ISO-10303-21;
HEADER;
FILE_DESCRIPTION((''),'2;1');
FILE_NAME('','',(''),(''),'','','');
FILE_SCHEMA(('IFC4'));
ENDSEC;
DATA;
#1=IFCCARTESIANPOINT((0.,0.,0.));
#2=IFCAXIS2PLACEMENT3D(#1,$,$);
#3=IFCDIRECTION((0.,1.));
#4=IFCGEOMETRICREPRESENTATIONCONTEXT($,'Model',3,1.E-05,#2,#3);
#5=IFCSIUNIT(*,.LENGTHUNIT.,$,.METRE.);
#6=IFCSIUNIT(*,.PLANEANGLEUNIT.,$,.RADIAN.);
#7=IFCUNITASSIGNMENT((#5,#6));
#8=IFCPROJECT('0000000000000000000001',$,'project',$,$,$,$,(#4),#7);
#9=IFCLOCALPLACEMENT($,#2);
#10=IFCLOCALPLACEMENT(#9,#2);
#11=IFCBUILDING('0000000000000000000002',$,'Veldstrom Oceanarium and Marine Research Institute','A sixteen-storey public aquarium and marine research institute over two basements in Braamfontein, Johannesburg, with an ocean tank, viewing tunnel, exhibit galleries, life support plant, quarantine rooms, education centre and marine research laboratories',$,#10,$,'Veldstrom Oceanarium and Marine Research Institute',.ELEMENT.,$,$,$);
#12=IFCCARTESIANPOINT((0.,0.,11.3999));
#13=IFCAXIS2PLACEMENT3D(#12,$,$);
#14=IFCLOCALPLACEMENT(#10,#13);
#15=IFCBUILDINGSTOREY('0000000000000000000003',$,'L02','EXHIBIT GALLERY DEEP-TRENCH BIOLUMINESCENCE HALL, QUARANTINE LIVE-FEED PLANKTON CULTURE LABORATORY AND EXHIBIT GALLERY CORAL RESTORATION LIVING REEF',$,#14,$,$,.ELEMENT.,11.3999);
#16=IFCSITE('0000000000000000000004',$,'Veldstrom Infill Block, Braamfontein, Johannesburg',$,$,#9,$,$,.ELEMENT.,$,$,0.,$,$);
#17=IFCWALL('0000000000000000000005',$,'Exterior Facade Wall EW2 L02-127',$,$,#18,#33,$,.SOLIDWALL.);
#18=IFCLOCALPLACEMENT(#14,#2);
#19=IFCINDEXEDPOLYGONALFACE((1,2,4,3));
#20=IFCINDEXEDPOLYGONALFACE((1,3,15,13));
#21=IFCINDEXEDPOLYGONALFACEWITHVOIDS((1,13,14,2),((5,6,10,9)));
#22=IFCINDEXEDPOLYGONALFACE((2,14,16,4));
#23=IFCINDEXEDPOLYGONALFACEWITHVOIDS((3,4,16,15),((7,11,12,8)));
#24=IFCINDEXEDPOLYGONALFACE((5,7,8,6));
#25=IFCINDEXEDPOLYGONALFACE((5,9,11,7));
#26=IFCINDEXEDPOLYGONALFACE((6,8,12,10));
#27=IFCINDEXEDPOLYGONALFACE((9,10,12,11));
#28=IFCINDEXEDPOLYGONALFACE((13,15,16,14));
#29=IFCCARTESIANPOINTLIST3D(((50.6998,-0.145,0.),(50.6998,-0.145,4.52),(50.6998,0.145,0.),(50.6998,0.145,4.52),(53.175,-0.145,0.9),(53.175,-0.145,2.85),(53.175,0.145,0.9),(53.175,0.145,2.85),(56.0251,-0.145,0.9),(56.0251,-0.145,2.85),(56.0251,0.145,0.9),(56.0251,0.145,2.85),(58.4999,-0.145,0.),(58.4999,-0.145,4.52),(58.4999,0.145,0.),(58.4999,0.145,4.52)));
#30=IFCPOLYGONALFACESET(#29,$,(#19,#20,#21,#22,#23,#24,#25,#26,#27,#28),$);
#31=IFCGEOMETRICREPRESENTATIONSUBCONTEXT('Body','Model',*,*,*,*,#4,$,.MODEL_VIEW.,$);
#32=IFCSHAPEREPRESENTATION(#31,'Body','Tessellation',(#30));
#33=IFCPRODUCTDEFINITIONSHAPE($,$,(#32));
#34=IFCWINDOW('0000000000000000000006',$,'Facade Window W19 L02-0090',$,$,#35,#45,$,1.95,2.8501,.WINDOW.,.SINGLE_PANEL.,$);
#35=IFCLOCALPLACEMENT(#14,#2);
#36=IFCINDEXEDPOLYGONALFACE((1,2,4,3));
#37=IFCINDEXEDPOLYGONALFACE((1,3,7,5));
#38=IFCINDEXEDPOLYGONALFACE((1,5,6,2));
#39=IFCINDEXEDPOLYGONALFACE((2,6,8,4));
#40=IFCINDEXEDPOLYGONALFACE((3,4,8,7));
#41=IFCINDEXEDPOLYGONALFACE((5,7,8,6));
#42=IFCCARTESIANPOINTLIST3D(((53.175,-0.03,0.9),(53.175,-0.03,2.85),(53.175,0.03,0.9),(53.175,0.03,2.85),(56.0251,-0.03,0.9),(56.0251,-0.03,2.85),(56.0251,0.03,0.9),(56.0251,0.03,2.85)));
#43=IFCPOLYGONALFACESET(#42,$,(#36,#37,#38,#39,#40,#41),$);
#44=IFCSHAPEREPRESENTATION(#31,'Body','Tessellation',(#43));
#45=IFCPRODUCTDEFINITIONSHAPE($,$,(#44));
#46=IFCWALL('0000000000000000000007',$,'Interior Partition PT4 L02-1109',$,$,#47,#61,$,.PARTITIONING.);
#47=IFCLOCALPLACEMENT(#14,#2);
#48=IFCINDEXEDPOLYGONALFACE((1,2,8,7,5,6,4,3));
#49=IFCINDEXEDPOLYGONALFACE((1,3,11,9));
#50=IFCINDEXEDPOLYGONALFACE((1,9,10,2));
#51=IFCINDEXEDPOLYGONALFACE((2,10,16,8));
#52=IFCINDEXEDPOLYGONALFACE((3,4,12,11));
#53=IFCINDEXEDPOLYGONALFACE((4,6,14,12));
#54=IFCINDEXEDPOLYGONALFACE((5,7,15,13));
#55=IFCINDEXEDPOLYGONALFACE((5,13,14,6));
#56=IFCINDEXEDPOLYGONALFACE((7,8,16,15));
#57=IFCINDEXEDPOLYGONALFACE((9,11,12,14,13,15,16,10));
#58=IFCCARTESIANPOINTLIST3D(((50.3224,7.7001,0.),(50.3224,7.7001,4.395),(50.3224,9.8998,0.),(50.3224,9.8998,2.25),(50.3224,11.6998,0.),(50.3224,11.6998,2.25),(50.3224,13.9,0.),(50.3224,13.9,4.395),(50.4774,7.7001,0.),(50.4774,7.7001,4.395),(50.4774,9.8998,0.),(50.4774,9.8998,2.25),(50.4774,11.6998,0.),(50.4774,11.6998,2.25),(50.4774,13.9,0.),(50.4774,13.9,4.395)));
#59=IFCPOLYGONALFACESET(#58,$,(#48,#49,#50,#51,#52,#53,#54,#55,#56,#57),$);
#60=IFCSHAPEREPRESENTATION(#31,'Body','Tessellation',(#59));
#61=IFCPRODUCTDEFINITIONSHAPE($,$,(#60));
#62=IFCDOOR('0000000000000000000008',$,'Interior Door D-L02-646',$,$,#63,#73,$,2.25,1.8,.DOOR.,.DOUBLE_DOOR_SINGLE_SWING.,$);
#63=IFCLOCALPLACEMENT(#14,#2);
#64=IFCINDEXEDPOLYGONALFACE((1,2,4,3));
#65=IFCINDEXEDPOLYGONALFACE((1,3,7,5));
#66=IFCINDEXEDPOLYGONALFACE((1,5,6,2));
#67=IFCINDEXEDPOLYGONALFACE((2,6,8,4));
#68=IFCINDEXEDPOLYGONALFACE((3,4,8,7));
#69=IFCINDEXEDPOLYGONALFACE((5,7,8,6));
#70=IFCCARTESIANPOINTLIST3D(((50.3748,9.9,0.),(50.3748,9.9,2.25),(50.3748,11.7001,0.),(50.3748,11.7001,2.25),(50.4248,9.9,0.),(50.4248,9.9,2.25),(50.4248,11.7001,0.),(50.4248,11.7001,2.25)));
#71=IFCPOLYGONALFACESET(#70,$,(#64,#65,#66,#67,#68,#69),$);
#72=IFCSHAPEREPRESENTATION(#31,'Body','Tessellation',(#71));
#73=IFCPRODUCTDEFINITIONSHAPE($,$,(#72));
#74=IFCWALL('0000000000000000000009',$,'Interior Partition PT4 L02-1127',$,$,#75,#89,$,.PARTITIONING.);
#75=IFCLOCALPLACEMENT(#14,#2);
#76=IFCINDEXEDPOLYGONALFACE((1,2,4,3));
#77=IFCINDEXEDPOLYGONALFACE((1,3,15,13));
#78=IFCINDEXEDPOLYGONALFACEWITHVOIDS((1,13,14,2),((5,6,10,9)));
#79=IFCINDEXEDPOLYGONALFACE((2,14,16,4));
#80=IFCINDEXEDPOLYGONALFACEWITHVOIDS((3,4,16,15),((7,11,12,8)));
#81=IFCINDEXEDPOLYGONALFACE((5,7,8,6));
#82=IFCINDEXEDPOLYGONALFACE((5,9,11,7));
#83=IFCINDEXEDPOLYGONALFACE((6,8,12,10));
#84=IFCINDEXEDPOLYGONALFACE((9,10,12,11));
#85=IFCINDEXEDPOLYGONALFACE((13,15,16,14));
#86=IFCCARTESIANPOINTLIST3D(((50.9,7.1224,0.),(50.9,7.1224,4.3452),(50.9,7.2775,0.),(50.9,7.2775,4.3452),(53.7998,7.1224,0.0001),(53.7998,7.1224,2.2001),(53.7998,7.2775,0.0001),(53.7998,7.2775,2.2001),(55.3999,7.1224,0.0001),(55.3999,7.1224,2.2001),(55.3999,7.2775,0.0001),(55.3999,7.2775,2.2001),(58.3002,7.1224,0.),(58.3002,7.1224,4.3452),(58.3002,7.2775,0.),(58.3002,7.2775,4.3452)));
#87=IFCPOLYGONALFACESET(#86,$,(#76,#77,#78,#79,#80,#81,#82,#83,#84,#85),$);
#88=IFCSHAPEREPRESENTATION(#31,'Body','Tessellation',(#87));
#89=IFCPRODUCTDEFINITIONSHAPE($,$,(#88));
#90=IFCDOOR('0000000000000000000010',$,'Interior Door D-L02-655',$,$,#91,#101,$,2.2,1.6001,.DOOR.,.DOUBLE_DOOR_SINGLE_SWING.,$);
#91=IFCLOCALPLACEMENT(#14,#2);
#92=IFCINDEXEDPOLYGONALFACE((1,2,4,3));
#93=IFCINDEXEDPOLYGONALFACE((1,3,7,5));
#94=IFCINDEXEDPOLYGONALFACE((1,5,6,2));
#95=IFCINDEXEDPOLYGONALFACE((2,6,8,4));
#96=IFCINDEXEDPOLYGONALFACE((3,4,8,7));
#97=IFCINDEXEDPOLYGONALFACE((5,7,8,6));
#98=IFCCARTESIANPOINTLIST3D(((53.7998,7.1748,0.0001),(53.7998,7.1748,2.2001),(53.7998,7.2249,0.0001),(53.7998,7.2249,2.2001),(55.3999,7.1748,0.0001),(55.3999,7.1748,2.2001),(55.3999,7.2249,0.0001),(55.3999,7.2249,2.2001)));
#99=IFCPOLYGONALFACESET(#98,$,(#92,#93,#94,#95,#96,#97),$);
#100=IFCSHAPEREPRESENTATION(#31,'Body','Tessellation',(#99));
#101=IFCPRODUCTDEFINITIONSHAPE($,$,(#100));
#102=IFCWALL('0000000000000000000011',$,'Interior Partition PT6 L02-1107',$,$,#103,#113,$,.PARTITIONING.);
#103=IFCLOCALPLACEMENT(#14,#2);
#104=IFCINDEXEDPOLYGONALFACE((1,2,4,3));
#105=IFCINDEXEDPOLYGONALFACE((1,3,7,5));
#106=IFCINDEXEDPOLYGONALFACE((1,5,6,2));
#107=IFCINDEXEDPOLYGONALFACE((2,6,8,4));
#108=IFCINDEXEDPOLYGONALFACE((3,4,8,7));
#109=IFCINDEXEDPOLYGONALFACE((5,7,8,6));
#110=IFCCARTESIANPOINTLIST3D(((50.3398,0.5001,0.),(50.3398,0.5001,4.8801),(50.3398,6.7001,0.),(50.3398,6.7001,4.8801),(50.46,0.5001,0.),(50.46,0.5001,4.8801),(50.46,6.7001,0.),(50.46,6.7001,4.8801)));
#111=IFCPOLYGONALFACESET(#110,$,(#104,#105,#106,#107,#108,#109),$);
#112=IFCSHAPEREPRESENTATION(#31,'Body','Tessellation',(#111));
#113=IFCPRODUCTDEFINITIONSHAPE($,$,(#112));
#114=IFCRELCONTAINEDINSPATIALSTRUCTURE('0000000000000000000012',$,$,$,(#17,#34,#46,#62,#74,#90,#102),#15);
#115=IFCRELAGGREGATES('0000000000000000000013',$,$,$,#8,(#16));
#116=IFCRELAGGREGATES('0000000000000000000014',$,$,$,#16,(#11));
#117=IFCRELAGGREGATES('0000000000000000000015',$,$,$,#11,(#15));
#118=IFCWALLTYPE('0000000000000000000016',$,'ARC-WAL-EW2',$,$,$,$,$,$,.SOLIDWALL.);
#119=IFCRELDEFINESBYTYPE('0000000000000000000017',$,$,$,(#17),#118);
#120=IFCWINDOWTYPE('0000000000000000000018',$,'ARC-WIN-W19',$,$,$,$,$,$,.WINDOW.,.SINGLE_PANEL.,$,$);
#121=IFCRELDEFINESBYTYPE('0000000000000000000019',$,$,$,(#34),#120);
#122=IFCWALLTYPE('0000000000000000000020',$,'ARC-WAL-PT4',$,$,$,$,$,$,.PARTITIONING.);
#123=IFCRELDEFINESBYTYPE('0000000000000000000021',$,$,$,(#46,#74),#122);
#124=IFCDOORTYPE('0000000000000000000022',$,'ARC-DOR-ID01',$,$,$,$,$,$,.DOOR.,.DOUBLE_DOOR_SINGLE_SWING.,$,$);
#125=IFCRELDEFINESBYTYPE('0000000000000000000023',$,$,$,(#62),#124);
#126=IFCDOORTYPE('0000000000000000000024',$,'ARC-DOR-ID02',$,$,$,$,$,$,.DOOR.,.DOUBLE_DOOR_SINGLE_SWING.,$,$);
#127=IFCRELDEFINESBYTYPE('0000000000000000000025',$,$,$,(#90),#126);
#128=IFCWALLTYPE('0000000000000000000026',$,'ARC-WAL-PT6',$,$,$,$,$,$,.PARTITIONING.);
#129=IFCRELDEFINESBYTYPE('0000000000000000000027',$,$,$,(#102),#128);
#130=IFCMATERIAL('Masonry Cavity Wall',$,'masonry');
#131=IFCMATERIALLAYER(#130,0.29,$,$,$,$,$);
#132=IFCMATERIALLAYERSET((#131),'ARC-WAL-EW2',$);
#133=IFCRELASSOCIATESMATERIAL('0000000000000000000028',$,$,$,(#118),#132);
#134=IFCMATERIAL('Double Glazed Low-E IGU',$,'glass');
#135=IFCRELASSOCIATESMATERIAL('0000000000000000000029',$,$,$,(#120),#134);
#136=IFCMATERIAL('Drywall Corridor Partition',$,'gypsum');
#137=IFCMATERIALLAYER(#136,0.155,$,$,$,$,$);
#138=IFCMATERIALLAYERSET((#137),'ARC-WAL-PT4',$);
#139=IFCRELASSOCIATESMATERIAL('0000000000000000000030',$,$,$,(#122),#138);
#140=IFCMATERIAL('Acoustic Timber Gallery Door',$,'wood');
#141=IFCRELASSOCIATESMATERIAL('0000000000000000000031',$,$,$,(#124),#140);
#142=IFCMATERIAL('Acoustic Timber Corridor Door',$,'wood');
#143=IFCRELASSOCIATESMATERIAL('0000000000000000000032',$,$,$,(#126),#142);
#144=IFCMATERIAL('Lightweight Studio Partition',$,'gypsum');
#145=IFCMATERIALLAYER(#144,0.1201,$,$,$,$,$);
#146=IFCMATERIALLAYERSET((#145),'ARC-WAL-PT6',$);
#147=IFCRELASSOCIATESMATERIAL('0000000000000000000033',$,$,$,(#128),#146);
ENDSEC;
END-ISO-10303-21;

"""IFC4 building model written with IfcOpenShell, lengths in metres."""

from ifc_helpers import new_model, si_unit, direction, frame, frame_2d, origin, place, context, subcontext, project, spatial, rectangle, extrude, material, layer, layer_set, type_object, element, fill, save


model = new_model("IFC4")

# Units and contexts
model_context = context("Model", 3, precision=1e-05, world=origin(), true_north=direction((0.0, 1.0)))
body_context = subcontext(model_context, "Body", "Model", "MODEL_VIEW")
ifc_project = project(units=[si_unit("LENGTHUNIT", "METRE"), si_unit("PLANEANGLEUNIT", "RADIAN")], contexts=[model_context])

# Site, building, storey
site_placement = place(None, origin())
site = spatial("IfcSite", under=ifc_project, at=site_placement, Name="Veldstrom Infill Block, Braamfontein, Johannesburg", CompositionType="ELEMENT", RefElevation=0.0)
building_placement = place(site_placement, origin())
building = spatial("IfcBuilding", under=site, at=building_placement, Name="Veldstrom Oceanarium and Marine Research Institute", Description="A sixteen-storey public aquarium and marine research institute over two basements in Braamfontein, Johannesburg, with an ocean tank, viewing tunnel, exhibit galleries, life support plant, quarantine rooms, education centre and marine research laboratories", LongName="Veldstrom Oceanarium and Marine Research Institute", CompositionType="ELEMENT")
storey_placement = place(building_placement, frame((0.0, 0.0, 11.3999)))
storey = spatial("IfcBuildingStorey", under=building, at=storey_placement, Name="L02", Description="EXHIBIT GALLERY DEEP-TRENCH BIOLUMINESCENCE HALL, QUARANTINE LIVE-FEED PLANKTON CULTURE LABORATORY AND EXHIBIT GALLERY CORAL RESTORATION LIVING REEF", CompositionType="ELEMENT", Elevation=11.3999)

# Wall, opening, window
ifc_material_1 = material(Name="Masonry Cavity Wall", Category="masonry")
ifc_layer_1 = layer(ifc_material_1, 0.29)
ifc_layer_set_1 = layer_set([ifc_layer_1], Name="ARC-WAL-EW2")
wall_type_1 = type_object("IfcWallType", Name="ARC-WAL-EW2", PredefinedType="SOLIDWALL", material=ifc_layer_set_1)
wall_1_placement = place(storey_placement, frame((50.7, 0.0, 0.0), z_axis=(0.0, 0.0, 1.0), x_axis=(1.0, 0.0, 0.0)))
wall_1 = element("IfcWall", 1, at=wall_1_placement, inside=storey, type_object=wall_type_1, Name="Exterior Facade Wall EW2 L02-127", PredefinedType="SOLIDWALL", context=body_context, shape_type="SweptSolid", body=[
    extrude(rectangle(XDim=7.8, YDim=0.29, at=frame_2d((3.8999, 0.0))), origin(), (0.0, 0.0, 1.0), 4.52),
])
opening_1_placement = place(wall_1_placement, frame((2.4751, 0.0, 0.8999)))
opening_1 = element("IfcOpeningElement", 2, at=opening_1_placement, cuts=wall_1, PredefinedType="OPENING", context=body_context, shape_type="SweptSolid", body=[
    extrude(rectangle(XDim=2.8501, YDim=1.95, at=frame_2d((1.425, 0.9751))), frame((0.0, 0.155, 0.0), z_axis=(0.0, -1.0, 0.0), x_axis=(1.0, 0.0, 0.0)), (0.0, 0.0, 1.0), 0.3101),
])
ifc_material_2 = material(Name="Double Glazed Low-E IGU", Category="glass")
window_type = type_object("IfcWindowType", Name="ARC-WIN-W19", PartitioningType="SINGLE_PANEL", PredefinedType="WINDOW", material=ifc_material_2)
window_placement = place(opening_1_placement, origin())
window = element("IfcWindow", 3, at=window_placement, inside=storey, type_object=window_type, Name="Facade Window W19 L02-0090", OverallHeight=1.95, OverallWidth=2.8501, PartitioningType="SINGLE_PANEL", PredefinedType="WINDOW", context=body_context, shape_type="SweptSolid", body=[
    extrude(rectangle(XDim=2.8501, YDim=1.95, at=frame_2d((1.425, 0.9751))), frame((0.0, 0.03, 0.0), z_axis=(0.0, -1.0, 0.0), x_axis=(1.0, 0.0, 0.0)), (0.0, 0.0, 1.0), 0.0601),
])
fill(opening_1, window)

# Walls, openings, doors
ifc_material_3 = material(Name="Drywall Corridor Partition", Category="gypsum")
ifc_layer_2 = layer(ifc_material_3, 0.155)
ifc_layer_set_2 = layer_set([ifc_layer_2], Name="ARC-WAL-PT4")
wall_type_2 = type_object("IfcWallType", Name="ARC-WAL-PT4", PredefinedType="PARTITIONING", material=ifc_layer_set_2)
wall_2_placement = place(storey_placement, frame((50.3999, 7.7, 0.0), z_axis=(0.0, 0.0, 1.0), x_axis=(0.0, 1.0, 0.0)))
wall_2 = element("IfcWall", 4, at=wall_2_placement, inside=storey, type_object=wall_type_2, Name="Interior Partition PT4 L02-1109", PredefinedType="PARTITIONING", context=body_context, shape_type="SweptSolid", body=[
    extrude(rectangle(XDim=6.2, YDim=0.155, at=frame_2d((3.1001, 0.0))), origin(), (0.0, 0.0, 1.0), 4.395),
])
opening_2_placement = place(wall_2_placement, frame((2.2, 0.0, 0.0)))
opening_2 = element("IfcOpeningElement", 5, at=opening_2_placement, cuts=wall_2, PredefinedType="OPENING", context=body_context, shape_type="SweptSolid", body=[
    extrude(rectangle(XDim=1.8, YDim=2.25, at=frame_2d((0.8999, 1.125))), frame((0.0, 0.0874, 0.0), z_axis=(0.0, -1.0, 0.0), x_axis=(1.0, 0.0, 0.0)), (0.0, 0.0, 1.0), 0.175),
])
ifc_material_4 = material(Name="Acoustic Timber Gallery Door", Category="wood")
door_type_1 = type_object("IfcDoorType", Name="ARC-DOR-ID01", OperationType="DOUBLE_DOOR_SINGLE_SWING", PredefinedType="DOOR", material=ifc_material_4)
door_1_placement = place(opening_2_placement, frame((1.8, 0.0, 0.0), z_axis=(0.0, 0.0, 1.0), x_axis=(-1.0, 0.0, 0.0)))
door_1 = element("IfcDoor", 6, at=door_1_placement, inside=storey, type_object=door_type_1, Name="Interior Door D-L02-646", OperationType="DOUBLE_DOOR_SINGLE_SWING", OverallHeight=2.25, OverallWidth=1.8, PredefinedType="DOOR", context=body_context, shape_type="SweptSolid", body=[
    extrude(rectangle(XDim=1.8, YDim=2.25, at=frame_2d((0.8999, 1.125))), frame((0.0, 0.0249, 0.0), z_axis=(0.0, -1.0, 0.0), x_axis=(1.0, 0.0, 0.0)), (0.0, 0.0, 1.0), 0.05),
])
fill(opening_2, door_1)
wall_3_placement = place(storey_placement, frame((50.8999, 7.2, 0.0), z_axis=(0.0, 0.0, 1.0), x_axis=(1.0, 0.0, 0.0)))
wall_3 = element("IfcWall", 7, at=wall_3_placement, inside=storey, type_object=wall_type_2, Name="Interior Partition PT4 L02-1127", PredefinedType="PARTITIONING", context=body_context, shape_type="SweptSolid", body=[
    extrude(rectangle(XDim=7.4001, YDim=0.155, at=frame_2d((3.7002, 0.0))), origin(), (0.0, 0.0, 1.0), 4.3452),
])
opening_3_placement = place(wall_3_placement, frame((2.8999, 0.0, 0.0)))
opening_3 = element("IfcOpeningElement", 8, at=opening_3_placement, cuts=wall_3, PredefinedType="OPENING", context=body_context, shape_type="SweptSolid", body=[
    extrude(rectangle(XDim=1.6001, YDim=2.2, at=frame_2d((0.8, 1.1001))), frame((0.0, 0.0874, 0.0), z_axis=(0.0, -1.0, 0.0), x_axis=(1.0, 0.0, 0.0)), (0.0, 0.0, 1.0), 0.175),
])
ifc_material_5 = material(Name="Acoustic Timber Corridor Door", Category="wood")
door_type_2 = type_object("IfcDoorType", Name="ARC-DOR-ID02", OperationType="DOUBLE_DOOR_SINGLE_SWING", PredefinedType="DOOR", material=ifc_material_5)
door_2_placement = place(opening_3_placement, origin())
door_2 = element("IfcDoor", 9, at=door_2_placement, inside=storey, type_object=door_type_2, Name="Interior Door D-L02-655", OperationType="DOUBLE_DOOR_SINGLE_SWING", OverallHeight=2.2, OverallWidth=1.6001, PredefinedType="DOOR", context=body_context, shape_type="SweptSolid", body=[
    extrude(rectangle(XDim=1.6001, YDim=2.2, at=frame_2d((0.8, 1.1001))), frame((0.0, 0.0249, 0.0), z_axis=(0.0, -1.0, 0.0), x_axis=(1.0, 0.0, 0.0)), (0.0, 0.0, 1.0), 0.05),
])
fill(opening_3, door_2)

# Wall
ifc_material_6 = material(Name="Lightweight Studio Partition", Category="gypsum")
ifc_layer_3 = layer(ifc_material_6, 0.1201)
ifc_layer_set_3 = layer_set([ifc_layer_3], Name="ARC-WAL-PT6")
wall_type_3 = type_object("IfcWallType", Name="ARC-WAL-PT6", PredefinedType="PARTITIONING", material=ifc_layer_set_3)
wall_4_placement = place(storey_placement, frame((50.3999, 0.5, 0.0), z_axis=(0.0, 0.0, 1.0), x_axis=(0.0, 1.0, 0.0)))
element("IfcWall", 10, at=wall_4_placement, inside=storey, type_object=wall_type_3, Name="Interior Partition PT6 L02-1107", PredefinedType="PARTITIONING", context=body_context, shape_type="SweptSolid", body=[
    extrude(rectangle(XDim=6.2, YDim=0.1201, at=frame_2d((3.1001, 0.0))), origin(), (0.0, 0.0, 1.0), 4.8801),
])

save(model, "model.ifc")
